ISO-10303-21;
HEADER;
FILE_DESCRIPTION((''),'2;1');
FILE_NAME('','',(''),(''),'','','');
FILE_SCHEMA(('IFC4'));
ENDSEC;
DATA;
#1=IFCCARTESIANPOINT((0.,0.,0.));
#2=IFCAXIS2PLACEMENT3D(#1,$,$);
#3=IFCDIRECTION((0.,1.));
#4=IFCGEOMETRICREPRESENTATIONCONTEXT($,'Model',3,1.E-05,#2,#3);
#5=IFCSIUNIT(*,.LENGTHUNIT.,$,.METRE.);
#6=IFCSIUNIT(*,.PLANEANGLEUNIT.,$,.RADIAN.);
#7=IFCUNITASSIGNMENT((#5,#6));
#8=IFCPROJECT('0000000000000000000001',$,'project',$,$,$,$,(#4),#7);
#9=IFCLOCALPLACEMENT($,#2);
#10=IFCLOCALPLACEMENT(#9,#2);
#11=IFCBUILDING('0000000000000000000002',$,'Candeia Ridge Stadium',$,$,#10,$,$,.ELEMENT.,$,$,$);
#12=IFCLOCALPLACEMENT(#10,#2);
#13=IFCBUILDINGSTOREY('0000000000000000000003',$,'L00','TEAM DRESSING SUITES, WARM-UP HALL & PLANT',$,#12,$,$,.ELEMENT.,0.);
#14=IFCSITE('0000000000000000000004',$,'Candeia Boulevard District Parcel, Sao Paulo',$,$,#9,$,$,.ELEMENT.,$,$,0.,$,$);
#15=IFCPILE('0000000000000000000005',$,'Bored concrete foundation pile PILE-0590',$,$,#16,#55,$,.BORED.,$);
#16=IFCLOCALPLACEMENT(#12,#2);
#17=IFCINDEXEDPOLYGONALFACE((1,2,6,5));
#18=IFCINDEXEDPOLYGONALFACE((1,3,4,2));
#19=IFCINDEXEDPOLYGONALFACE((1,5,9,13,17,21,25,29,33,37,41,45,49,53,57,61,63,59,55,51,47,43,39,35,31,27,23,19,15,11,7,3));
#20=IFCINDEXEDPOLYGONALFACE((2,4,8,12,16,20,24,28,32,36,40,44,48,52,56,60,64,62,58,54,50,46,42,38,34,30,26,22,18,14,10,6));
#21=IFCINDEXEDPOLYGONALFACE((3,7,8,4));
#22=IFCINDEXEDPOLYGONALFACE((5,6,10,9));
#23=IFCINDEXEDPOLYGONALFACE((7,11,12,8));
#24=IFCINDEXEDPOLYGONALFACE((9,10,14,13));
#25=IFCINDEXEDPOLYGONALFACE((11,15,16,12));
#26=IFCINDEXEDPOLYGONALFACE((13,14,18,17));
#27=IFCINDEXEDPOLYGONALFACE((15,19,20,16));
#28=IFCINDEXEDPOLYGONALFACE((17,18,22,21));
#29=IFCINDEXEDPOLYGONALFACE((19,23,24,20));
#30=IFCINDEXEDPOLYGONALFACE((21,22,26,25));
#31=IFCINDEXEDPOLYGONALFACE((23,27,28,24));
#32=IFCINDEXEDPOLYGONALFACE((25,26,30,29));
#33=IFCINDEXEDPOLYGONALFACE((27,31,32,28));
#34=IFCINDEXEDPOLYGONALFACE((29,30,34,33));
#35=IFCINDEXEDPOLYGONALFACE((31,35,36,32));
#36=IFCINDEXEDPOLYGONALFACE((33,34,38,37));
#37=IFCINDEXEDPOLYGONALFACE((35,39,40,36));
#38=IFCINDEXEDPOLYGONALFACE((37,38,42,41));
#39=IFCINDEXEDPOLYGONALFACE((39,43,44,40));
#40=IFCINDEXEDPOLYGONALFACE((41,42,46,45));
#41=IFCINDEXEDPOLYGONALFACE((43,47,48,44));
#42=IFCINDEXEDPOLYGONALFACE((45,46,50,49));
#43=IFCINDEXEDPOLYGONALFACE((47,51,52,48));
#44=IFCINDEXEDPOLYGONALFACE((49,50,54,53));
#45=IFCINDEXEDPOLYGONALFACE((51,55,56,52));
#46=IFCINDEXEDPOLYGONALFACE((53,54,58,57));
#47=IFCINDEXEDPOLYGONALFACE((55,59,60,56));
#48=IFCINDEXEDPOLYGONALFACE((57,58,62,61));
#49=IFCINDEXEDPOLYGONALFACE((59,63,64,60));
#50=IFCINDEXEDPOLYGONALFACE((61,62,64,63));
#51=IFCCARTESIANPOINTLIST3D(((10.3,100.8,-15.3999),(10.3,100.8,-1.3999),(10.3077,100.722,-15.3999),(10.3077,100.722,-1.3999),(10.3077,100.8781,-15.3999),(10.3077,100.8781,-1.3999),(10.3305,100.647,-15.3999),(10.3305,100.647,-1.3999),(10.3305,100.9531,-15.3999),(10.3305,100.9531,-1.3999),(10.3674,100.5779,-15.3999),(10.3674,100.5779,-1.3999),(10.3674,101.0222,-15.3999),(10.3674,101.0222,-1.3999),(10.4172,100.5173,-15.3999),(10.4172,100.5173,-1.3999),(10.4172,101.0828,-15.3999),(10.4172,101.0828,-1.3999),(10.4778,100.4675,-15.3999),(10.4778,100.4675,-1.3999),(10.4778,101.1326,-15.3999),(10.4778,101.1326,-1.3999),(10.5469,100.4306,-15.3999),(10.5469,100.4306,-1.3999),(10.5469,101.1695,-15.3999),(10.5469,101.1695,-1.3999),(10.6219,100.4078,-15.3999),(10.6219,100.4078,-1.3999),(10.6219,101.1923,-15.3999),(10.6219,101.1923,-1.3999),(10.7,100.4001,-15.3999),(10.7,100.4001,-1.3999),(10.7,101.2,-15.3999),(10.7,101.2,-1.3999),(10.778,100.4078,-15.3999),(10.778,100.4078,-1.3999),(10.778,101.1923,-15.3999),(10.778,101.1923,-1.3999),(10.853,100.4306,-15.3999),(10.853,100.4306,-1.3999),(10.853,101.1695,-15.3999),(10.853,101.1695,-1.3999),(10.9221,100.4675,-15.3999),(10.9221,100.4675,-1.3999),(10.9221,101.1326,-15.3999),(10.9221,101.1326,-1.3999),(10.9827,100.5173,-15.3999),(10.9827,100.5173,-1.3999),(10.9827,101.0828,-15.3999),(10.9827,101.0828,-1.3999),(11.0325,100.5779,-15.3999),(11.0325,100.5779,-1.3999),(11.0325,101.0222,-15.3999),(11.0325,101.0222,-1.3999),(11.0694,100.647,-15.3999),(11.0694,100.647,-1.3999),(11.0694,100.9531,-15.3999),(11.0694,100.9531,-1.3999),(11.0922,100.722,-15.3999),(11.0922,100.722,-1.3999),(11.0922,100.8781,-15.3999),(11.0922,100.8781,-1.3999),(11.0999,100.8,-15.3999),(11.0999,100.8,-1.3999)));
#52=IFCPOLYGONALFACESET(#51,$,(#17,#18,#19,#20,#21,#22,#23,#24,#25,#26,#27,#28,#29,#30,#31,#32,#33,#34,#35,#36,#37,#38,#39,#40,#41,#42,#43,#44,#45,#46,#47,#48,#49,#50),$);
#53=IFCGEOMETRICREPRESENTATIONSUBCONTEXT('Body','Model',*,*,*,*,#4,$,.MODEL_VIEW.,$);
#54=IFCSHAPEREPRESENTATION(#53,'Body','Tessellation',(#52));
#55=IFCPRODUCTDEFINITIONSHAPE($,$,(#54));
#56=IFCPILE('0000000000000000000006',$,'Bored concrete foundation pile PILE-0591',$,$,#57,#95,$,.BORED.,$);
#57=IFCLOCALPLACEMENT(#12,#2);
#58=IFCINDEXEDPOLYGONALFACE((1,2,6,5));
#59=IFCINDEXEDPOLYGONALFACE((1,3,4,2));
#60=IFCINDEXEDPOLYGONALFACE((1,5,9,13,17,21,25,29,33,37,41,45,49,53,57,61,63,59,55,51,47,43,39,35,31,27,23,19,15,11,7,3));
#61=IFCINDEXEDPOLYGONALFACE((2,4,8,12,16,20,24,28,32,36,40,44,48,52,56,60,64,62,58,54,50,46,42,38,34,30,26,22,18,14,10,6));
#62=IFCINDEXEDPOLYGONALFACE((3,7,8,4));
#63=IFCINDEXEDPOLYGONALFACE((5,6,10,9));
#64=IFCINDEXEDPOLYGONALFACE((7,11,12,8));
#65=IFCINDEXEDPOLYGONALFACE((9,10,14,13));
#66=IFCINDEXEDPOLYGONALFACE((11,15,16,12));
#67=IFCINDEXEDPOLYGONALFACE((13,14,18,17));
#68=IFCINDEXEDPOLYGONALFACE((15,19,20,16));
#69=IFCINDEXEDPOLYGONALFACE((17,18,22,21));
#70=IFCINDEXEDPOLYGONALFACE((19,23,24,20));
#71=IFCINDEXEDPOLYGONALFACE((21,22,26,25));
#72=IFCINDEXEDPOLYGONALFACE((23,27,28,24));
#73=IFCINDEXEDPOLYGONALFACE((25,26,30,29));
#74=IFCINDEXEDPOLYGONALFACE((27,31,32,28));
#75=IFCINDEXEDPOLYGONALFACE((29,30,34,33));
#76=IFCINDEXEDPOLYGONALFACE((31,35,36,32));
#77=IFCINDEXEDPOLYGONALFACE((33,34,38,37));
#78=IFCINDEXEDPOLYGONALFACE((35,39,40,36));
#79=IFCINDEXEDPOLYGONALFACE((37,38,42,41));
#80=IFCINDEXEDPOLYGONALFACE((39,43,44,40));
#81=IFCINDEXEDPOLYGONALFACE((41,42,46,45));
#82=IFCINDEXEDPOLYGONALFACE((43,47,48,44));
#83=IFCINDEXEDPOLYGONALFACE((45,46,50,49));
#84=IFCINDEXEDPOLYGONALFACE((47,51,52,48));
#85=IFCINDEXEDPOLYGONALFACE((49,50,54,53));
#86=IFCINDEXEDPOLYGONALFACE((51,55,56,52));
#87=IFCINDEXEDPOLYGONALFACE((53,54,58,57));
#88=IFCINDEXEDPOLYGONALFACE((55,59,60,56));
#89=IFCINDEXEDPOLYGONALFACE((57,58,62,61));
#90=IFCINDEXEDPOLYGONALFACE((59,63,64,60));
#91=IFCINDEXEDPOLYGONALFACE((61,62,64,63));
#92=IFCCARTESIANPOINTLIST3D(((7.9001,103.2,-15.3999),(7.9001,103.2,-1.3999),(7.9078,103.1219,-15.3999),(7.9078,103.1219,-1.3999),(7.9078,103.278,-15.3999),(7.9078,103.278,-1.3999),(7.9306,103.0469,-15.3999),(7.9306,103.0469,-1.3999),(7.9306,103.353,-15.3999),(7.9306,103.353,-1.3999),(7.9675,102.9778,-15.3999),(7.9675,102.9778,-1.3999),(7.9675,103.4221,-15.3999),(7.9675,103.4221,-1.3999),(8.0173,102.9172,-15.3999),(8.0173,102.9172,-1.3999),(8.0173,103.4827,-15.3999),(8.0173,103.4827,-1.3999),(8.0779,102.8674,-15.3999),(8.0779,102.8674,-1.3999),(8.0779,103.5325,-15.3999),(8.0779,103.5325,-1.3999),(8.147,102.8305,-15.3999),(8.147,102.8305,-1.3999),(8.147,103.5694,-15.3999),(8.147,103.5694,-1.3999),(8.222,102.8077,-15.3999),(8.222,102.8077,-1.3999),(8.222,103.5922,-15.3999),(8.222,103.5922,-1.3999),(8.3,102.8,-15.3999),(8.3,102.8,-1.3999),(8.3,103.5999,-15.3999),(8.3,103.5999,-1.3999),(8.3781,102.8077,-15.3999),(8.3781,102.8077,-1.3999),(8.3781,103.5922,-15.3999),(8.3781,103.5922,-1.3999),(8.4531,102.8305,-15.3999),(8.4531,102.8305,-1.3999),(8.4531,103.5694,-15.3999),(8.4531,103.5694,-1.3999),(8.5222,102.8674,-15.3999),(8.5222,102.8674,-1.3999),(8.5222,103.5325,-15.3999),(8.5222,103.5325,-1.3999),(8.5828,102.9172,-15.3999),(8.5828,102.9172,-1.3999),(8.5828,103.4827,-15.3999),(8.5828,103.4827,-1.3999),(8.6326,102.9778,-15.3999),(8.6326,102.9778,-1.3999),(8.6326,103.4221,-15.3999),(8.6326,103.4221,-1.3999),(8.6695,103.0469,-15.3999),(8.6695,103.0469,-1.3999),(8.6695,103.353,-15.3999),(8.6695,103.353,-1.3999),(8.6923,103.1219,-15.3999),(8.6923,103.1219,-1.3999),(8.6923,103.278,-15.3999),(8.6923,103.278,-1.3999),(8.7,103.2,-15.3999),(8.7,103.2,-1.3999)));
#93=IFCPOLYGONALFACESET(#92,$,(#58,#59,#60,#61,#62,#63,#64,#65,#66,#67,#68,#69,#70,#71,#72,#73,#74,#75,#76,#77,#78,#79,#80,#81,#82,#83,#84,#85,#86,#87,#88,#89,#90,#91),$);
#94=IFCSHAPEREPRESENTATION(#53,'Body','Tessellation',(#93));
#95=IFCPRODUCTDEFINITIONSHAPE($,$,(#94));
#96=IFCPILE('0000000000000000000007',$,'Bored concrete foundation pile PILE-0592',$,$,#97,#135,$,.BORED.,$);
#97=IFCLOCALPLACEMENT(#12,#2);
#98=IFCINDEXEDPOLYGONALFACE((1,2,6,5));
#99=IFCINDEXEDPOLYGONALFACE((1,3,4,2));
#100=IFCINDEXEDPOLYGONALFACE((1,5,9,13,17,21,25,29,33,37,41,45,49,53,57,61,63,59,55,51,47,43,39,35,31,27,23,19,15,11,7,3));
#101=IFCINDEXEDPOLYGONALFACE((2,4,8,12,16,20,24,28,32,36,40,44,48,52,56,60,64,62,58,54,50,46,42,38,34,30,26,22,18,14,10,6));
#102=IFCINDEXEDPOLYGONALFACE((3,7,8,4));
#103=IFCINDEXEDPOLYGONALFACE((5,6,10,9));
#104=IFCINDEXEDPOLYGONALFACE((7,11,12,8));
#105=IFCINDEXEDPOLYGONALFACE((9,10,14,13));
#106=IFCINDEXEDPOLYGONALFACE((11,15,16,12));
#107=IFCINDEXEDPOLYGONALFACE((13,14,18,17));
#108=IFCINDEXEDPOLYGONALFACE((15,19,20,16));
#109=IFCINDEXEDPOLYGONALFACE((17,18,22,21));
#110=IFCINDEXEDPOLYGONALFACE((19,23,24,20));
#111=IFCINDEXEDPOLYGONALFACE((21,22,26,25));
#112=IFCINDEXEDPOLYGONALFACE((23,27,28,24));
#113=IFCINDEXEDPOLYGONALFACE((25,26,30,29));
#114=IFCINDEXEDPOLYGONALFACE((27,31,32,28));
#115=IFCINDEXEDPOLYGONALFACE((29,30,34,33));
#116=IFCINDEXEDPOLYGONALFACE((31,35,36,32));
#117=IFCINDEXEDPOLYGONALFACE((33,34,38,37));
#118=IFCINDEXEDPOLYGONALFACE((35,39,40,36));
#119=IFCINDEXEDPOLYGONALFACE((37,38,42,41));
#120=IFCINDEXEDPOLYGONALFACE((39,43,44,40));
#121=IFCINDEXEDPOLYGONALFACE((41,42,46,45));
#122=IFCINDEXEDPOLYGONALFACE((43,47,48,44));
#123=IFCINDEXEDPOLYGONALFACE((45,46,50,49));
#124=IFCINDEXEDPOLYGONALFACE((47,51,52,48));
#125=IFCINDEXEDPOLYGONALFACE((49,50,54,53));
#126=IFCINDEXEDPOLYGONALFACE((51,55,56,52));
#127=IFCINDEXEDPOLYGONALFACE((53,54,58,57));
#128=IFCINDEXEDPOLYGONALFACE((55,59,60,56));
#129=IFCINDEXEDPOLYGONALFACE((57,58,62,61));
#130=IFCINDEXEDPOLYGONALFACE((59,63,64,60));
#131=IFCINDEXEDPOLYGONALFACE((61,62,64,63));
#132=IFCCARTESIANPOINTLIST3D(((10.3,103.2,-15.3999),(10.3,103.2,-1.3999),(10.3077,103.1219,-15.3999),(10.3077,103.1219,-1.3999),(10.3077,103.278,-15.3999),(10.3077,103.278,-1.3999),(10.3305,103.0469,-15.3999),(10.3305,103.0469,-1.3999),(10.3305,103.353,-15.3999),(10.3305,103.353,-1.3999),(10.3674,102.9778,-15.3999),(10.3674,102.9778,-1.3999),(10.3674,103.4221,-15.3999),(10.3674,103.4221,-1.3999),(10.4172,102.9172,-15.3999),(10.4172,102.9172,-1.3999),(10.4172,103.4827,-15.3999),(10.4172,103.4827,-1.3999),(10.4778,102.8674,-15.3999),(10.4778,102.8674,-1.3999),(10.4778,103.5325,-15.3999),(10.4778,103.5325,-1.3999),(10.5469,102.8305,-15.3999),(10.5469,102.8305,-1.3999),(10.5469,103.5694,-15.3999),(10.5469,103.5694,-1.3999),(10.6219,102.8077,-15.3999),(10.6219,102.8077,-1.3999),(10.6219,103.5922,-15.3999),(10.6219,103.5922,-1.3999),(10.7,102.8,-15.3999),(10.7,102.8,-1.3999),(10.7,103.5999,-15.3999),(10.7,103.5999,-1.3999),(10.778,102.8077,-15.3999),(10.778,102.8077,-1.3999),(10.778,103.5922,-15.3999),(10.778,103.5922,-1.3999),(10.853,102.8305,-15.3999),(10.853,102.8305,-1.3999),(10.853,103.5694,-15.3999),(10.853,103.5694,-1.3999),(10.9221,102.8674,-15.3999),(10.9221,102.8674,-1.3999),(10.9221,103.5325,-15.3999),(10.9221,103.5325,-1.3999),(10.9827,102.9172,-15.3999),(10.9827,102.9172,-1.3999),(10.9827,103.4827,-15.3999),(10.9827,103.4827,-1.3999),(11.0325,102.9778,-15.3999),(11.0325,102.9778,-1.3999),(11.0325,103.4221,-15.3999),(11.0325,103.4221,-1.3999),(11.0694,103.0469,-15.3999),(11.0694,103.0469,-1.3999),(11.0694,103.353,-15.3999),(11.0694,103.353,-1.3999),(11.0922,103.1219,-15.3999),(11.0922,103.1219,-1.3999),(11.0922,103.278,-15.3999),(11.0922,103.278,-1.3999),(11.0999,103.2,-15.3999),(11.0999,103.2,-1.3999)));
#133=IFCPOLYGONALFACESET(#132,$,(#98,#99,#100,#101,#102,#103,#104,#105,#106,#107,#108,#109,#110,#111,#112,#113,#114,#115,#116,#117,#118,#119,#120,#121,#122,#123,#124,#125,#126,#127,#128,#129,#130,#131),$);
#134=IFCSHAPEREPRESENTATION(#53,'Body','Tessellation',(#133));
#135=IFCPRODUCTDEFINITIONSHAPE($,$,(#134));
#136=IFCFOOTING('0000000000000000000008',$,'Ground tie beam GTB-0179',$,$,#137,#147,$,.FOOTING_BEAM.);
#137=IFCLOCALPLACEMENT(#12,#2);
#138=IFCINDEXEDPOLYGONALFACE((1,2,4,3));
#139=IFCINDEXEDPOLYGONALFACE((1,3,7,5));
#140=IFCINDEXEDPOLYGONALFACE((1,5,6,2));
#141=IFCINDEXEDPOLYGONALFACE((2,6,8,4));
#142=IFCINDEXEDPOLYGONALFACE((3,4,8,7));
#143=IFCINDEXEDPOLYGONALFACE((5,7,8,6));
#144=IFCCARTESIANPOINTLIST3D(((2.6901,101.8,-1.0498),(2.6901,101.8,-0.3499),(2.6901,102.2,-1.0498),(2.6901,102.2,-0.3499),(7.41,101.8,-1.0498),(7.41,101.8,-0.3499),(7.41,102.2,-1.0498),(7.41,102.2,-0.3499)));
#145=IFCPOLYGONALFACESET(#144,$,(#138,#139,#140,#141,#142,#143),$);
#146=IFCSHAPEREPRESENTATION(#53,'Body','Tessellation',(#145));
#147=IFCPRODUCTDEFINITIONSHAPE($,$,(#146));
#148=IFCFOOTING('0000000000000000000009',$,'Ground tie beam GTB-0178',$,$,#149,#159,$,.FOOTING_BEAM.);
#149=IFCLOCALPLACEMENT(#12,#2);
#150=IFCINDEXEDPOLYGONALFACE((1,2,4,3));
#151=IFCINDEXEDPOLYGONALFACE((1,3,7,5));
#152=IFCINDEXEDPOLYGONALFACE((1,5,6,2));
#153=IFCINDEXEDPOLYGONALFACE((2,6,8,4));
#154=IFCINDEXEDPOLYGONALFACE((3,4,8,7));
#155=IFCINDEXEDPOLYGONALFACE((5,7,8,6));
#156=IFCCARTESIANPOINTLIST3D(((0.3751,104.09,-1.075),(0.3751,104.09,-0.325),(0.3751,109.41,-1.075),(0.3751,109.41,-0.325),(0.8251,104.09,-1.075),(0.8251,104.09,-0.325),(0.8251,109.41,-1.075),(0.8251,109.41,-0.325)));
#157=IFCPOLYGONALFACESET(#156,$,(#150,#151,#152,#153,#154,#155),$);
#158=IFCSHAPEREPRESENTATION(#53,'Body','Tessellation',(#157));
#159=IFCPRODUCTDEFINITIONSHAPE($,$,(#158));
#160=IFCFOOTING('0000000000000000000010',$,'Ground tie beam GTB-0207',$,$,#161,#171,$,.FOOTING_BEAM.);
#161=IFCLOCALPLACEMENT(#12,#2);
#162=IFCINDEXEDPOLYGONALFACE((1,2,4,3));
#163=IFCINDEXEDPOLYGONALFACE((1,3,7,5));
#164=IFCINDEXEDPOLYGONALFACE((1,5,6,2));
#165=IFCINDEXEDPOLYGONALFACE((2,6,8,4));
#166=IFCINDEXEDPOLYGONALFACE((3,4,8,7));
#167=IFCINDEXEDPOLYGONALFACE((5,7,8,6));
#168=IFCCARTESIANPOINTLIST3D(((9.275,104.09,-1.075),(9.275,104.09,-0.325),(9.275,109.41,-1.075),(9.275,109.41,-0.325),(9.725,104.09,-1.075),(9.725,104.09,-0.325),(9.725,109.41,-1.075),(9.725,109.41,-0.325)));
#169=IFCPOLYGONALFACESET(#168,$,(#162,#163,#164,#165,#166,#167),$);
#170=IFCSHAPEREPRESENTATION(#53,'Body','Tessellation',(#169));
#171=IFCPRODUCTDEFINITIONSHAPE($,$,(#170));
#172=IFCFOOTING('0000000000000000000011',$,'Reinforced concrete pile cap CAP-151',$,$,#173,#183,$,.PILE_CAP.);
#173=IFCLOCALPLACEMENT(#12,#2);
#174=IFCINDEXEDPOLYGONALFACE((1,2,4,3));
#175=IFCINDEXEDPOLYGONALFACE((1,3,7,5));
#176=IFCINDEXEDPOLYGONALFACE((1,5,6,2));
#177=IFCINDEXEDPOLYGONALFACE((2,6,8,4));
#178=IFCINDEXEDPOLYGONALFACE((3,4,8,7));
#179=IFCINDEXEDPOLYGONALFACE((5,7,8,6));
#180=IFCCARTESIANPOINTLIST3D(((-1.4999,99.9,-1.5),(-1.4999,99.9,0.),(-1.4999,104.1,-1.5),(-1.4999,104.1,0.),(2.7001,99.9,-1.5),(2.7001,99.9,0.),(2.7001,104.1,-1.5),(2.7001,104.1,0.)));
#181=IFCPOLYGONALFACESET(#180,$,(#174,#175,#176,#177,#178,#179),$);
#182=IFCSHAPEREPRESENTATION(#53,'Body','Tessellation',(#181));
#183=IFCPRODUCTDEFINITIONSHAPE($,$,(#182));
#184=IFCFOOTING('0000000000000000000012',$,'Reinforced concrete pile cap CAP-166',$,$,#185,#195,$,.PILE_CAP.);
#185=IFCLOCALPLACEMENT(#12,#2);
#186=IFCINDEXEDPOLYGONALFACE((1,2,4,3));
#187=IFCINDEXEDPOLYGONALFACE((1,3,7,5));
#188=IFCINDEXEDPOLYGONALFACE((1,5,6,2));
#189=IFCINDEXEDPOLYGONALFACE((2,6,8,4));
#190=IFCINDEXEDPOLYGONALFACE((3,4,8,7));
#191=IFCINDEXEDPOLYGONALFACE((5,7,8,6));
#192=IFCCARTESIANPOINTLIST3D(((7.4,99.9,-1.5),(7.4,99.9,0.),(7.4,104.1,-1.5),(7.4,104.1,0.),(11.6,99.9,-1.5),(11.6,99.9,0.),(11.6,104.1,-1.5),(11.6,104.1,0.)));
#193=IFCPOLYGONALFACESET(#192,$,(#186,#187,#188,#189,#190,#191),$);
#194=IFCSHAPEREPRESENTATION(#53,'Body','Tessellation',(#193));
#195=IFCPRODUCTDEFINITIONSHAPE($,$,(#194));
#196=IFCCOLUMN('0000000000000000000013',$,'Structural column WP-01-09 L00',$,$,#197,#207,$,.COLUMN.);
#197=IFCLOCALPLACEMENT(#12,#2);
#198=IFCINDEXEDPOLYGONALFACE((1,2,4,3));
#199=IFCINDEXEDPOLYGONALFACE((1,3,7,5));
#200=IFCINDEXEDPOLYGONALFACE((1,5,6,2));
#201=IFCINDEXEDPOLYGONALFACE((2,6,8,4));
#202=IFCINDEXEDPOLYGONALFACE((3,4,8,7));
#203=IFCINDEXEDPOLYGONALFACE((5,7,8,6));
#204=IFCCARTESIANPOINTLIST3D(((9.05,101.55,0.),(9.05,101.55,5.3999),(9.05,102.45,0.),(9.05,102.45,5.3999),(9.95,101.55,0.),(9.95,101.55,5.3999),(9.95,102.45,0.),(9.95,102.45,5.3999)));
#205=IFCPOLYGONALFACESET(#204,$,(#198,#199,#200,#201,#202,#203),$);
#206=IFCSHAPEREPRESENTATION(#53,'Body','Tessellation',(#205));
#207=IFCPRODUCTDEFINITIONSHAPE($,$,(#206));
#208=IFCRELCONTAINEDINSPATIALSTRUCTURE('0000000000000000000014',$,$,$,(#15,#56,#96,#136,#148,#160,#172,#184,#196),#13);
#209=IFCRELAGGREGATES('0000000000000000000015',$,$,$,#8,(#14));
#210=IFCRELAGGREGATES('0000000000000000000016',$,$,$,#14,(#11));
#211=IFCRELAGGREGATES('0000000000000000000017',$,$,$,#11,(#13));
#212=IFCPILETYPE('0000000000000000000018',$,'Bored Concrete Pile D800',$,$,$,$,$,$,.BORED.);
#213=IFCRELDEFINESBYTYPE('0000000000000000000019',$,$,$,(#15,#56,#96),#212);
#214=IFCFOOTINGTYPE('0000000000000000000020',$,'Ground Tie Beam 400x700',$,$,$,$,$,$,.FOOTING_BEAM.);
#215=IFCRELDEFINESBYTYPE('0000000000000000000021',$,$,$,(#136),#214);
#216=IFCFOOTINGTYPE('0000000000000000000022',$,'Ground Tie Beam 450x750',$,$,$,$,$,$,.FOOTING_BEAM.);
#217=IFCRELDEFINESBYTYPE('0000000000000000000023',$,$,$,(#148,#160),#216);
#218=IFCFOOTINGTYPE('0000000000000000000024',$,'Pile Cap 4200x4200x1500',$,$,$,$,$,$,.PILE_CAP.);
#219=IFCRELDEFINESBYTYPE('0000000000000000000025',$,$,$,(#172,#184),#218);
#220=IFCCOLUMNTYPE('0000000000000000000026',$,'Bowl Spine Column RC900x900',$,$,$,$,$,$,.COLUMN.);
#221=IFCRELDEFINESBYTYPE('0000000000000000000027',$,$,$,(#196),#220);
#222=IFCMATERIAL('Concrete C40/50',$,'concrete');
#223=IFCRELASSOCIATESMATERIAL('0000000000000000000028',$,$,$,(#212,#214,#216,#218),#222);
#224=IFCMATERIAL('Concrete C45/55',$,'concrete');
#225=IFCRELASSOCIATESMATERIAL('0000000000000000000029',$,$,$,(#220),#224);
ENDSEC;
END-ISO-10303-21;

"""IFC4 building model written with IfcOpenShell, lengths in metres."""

from ifc_helpers import new_model, si_unit, direction, frame, origin, origin_2d, place, context, subcontext, project, spatial, rectangle, circle, extrude, material, material_profile, profile_set, type_object, element, save


model = new_model("IFC4")

# Units and contexts
model_context = context("Model", 3, precision=1e-05, world=origin(), true_north=direction((0.0, 1.0)))
body_context = subcontext(model_context, "Body", "Model", "MODEL_VIEW")
ifc_project = project(units=[si_unit("LENGTHUNIT", "METRE"), si_unit("PLANEANGLEUNIT", "RADIAN")], contexts=[model_context])

# Site, building, storey
site_placement = place(None, origin())
site = spatial("IfcSite", under=ifc_project, at=site_placement, Name="Candeia Boulevard District Parcel, Sao Paulo", CompositionType="ELEMENT", RefElevation=0.0)
building_placement = place(site_placement, origin())
building = spatial("IfcBuilding", under=site, at=building_placement, Name="Candeia Ridge Stadium", CompositionType="ELEMENT")
storey_placement = place(building_placement, origin())
storey = spatial("IfcBuildingStorey", under=building, at=storey_placement, Name="L00", Description="TEAM DRESSING SUITES, WARM-UP HALL & PLANT", CompositionType="ELEMENT", Elevation=0.0)

# Piles
ifc_material_1 = material(Name="Concrete C40/50", Category="concrete")
ifc_material_profile_1 = material_profile(ifc_material_1, circle(Radius=0.3999, at=origin_2d()), Name="PILE-D800", Category="concrete")
ifc_profile_set_1 = profile_set([ifc_material_profile_1], Name="Concrete C40/50")
pile_type = type_object("IfcPileType", Name="Bored Concrete Pile D800", PredefinedType="BORED", material=ifc_profile_set_1)
for number, where, z_axis, x_axis, name in (
    (1, (10.7, 100.8, -1.3999), (0.0, 0.0, -1.0), (1.0, 0.0, 0.0), "Bored concrete foundation pile PILE-0590"),
    (2, (8.3, 103.2, -1.3999), (0.0, 0.0, -1.0), (1.0, 0.0, 0.0), "Bored concrete foundation pile PILE-0591"),
    (3, (10.7, 103.2, -1.3999), (0.0, 0.0, -1.0), (1.0, 0.0, 0.0), "Bored concrete foundation pile PILE-0592"),
):
    element("IfcPile", number, at=place(storey_placement, frame(where, z_axis=z_axis, x_axis=x_axis)), inside=storey, type_object=pile_type, Name=name, PredefinedType="BORED", context=body_context, shape_type="SweptSolid", body=[
        extrude(circle(Radius=0.3999, at=origin_2d()), origin(), (0.0, 0.0, 1.0), 14.0),
    ])

# Footings
footing_type_1 = type_object("IfcFootingType", Name="Ground Tie Beam 400x700", PredefinedType="FOOTING_BEAM", material=ifc_material_1)
footing_placement = place(storey_placement, frame((5.05, 102.0, -1.0498), z_axis=(0.0, 0.0, 1.0), x_axis=(1.0, 0.0, 0.0)))
element("IfcFooting", 4, at=footing_placement, inside=storey, type_object=footing_type_1, Name="Ground tie beam GTB-0179", PredefinedType="FOOTING_BEAM", context=body_context, shape_type="SweptSolid", body=[
    extrude(rectangle(XDim=4.72, YDim=0.3999, at=origin_2d()), origin(), (0.0, 0.0, 1.0), 0.7),
])
footing_type_2 = type_object("IfcFootingType", Name="Ground Tie Beam 450x750", PredefinedType="FOOTING_BEAM", material=ifc_material_1)
for number, where, z_axis, x_axis, name in (
    (5, (0.6001, 106.75, -1.075), (0.0, 0.0, 1.0), (0.0, 1.0, 0.0), "Ground tie beam GTB-0178"),
    (6, (9.5, 106.75, -1.075), (0.0, 0.0, 1.0), (0.0, 1.0, 0.0), "Ground tie beam GTB-0207"),
):
    element("IfcFooting", number, at=place(storey_placement, frame(where, z_axis=z_axis, x_axis=x_axis)), inside=storey, type_object=footing_type_2, Name=name, PredefinedType="FOOTING_BEAM", context=body_context, shape_type="SweptSolid", body=[
        extrude(rectangle(XDim=5.3201, YDim=0.45, at=origin_2d()), origin(), (0.0, 0.0, 1.0), 0.75),
    ])
footing_type_3 = type_object("IfcFootingType", Name="Pile Cap 4200x4200x1500", PredefinedType="PILE_CAP", material=ifc_material_1)
for number, where, z_axis, x_axis, name in (
    (7, (0.6001, 102.0, -1.5), (0.0, 0.0, 1.0), (1.0, 0.0, 0.0), "Reinforced concrete pile cap CAP-151"),
    (8, (9.5, 102.0, -1.5), (0.0, 0.0, 1.0), (1.0, 0.0, 0.0), "Reinforced concrete pile cap CAP-166"),
):
    element("IfcFooting", number, at=place(storey_placement, frame(where, z_axis=z_axis, x_axis=x_axis)), inside=storey, type_object=footing_type_3, Name=name, PredefinedType="PILE_CAP", context=body_context, shape_type="SweptSolid", body=[
        extrude(rectangle(XDim=4.2, YDim=4.2, at=origin_2d()), origin(), (0.0, 0.0, 1.0), 1.5),
    ])

# Column
ifc_material_2 = material(Name="Concrete C45/55", Category="concrete")
ifc_material_profile_2 = material_profile(ifc_material_2, rectangle(XDim=0.8999, YDim=0.8999, at=origin_2d()), Name="RC900x900", Category="concrete")
ifc_profile_set_2 = profile_set([ifc_material_profile_2], Name="Concrete C45/55")
column_type_1 = type_object("IfcColumnType", Name="Bowl Spine Column RC900x900", PredefinedType="COLUMN", material=ifc_profile_set_2)
column_1_placement = place(storey_placement, frame((9.5, 102.0, 0.0), z_axis=(0.0, 0.0, 1.0), x_axis=(1.0, 0.0, 0.0)))
element("IfcColumn", 9, at=column_1_placement, inside=storey, type_object=column_type_1, Name="Structural column WP-01-09 L00", PredefinedType="COLUMN", context=body_context, shape_type="SweptSolid", body=[
    extrude(rectangle(XDim=0.8999, YDim=0.8999, at=origin_2d()), origin(), (0.0, 0.0, 1.0), 5.3999),
])

save(model, "model.ifc")
